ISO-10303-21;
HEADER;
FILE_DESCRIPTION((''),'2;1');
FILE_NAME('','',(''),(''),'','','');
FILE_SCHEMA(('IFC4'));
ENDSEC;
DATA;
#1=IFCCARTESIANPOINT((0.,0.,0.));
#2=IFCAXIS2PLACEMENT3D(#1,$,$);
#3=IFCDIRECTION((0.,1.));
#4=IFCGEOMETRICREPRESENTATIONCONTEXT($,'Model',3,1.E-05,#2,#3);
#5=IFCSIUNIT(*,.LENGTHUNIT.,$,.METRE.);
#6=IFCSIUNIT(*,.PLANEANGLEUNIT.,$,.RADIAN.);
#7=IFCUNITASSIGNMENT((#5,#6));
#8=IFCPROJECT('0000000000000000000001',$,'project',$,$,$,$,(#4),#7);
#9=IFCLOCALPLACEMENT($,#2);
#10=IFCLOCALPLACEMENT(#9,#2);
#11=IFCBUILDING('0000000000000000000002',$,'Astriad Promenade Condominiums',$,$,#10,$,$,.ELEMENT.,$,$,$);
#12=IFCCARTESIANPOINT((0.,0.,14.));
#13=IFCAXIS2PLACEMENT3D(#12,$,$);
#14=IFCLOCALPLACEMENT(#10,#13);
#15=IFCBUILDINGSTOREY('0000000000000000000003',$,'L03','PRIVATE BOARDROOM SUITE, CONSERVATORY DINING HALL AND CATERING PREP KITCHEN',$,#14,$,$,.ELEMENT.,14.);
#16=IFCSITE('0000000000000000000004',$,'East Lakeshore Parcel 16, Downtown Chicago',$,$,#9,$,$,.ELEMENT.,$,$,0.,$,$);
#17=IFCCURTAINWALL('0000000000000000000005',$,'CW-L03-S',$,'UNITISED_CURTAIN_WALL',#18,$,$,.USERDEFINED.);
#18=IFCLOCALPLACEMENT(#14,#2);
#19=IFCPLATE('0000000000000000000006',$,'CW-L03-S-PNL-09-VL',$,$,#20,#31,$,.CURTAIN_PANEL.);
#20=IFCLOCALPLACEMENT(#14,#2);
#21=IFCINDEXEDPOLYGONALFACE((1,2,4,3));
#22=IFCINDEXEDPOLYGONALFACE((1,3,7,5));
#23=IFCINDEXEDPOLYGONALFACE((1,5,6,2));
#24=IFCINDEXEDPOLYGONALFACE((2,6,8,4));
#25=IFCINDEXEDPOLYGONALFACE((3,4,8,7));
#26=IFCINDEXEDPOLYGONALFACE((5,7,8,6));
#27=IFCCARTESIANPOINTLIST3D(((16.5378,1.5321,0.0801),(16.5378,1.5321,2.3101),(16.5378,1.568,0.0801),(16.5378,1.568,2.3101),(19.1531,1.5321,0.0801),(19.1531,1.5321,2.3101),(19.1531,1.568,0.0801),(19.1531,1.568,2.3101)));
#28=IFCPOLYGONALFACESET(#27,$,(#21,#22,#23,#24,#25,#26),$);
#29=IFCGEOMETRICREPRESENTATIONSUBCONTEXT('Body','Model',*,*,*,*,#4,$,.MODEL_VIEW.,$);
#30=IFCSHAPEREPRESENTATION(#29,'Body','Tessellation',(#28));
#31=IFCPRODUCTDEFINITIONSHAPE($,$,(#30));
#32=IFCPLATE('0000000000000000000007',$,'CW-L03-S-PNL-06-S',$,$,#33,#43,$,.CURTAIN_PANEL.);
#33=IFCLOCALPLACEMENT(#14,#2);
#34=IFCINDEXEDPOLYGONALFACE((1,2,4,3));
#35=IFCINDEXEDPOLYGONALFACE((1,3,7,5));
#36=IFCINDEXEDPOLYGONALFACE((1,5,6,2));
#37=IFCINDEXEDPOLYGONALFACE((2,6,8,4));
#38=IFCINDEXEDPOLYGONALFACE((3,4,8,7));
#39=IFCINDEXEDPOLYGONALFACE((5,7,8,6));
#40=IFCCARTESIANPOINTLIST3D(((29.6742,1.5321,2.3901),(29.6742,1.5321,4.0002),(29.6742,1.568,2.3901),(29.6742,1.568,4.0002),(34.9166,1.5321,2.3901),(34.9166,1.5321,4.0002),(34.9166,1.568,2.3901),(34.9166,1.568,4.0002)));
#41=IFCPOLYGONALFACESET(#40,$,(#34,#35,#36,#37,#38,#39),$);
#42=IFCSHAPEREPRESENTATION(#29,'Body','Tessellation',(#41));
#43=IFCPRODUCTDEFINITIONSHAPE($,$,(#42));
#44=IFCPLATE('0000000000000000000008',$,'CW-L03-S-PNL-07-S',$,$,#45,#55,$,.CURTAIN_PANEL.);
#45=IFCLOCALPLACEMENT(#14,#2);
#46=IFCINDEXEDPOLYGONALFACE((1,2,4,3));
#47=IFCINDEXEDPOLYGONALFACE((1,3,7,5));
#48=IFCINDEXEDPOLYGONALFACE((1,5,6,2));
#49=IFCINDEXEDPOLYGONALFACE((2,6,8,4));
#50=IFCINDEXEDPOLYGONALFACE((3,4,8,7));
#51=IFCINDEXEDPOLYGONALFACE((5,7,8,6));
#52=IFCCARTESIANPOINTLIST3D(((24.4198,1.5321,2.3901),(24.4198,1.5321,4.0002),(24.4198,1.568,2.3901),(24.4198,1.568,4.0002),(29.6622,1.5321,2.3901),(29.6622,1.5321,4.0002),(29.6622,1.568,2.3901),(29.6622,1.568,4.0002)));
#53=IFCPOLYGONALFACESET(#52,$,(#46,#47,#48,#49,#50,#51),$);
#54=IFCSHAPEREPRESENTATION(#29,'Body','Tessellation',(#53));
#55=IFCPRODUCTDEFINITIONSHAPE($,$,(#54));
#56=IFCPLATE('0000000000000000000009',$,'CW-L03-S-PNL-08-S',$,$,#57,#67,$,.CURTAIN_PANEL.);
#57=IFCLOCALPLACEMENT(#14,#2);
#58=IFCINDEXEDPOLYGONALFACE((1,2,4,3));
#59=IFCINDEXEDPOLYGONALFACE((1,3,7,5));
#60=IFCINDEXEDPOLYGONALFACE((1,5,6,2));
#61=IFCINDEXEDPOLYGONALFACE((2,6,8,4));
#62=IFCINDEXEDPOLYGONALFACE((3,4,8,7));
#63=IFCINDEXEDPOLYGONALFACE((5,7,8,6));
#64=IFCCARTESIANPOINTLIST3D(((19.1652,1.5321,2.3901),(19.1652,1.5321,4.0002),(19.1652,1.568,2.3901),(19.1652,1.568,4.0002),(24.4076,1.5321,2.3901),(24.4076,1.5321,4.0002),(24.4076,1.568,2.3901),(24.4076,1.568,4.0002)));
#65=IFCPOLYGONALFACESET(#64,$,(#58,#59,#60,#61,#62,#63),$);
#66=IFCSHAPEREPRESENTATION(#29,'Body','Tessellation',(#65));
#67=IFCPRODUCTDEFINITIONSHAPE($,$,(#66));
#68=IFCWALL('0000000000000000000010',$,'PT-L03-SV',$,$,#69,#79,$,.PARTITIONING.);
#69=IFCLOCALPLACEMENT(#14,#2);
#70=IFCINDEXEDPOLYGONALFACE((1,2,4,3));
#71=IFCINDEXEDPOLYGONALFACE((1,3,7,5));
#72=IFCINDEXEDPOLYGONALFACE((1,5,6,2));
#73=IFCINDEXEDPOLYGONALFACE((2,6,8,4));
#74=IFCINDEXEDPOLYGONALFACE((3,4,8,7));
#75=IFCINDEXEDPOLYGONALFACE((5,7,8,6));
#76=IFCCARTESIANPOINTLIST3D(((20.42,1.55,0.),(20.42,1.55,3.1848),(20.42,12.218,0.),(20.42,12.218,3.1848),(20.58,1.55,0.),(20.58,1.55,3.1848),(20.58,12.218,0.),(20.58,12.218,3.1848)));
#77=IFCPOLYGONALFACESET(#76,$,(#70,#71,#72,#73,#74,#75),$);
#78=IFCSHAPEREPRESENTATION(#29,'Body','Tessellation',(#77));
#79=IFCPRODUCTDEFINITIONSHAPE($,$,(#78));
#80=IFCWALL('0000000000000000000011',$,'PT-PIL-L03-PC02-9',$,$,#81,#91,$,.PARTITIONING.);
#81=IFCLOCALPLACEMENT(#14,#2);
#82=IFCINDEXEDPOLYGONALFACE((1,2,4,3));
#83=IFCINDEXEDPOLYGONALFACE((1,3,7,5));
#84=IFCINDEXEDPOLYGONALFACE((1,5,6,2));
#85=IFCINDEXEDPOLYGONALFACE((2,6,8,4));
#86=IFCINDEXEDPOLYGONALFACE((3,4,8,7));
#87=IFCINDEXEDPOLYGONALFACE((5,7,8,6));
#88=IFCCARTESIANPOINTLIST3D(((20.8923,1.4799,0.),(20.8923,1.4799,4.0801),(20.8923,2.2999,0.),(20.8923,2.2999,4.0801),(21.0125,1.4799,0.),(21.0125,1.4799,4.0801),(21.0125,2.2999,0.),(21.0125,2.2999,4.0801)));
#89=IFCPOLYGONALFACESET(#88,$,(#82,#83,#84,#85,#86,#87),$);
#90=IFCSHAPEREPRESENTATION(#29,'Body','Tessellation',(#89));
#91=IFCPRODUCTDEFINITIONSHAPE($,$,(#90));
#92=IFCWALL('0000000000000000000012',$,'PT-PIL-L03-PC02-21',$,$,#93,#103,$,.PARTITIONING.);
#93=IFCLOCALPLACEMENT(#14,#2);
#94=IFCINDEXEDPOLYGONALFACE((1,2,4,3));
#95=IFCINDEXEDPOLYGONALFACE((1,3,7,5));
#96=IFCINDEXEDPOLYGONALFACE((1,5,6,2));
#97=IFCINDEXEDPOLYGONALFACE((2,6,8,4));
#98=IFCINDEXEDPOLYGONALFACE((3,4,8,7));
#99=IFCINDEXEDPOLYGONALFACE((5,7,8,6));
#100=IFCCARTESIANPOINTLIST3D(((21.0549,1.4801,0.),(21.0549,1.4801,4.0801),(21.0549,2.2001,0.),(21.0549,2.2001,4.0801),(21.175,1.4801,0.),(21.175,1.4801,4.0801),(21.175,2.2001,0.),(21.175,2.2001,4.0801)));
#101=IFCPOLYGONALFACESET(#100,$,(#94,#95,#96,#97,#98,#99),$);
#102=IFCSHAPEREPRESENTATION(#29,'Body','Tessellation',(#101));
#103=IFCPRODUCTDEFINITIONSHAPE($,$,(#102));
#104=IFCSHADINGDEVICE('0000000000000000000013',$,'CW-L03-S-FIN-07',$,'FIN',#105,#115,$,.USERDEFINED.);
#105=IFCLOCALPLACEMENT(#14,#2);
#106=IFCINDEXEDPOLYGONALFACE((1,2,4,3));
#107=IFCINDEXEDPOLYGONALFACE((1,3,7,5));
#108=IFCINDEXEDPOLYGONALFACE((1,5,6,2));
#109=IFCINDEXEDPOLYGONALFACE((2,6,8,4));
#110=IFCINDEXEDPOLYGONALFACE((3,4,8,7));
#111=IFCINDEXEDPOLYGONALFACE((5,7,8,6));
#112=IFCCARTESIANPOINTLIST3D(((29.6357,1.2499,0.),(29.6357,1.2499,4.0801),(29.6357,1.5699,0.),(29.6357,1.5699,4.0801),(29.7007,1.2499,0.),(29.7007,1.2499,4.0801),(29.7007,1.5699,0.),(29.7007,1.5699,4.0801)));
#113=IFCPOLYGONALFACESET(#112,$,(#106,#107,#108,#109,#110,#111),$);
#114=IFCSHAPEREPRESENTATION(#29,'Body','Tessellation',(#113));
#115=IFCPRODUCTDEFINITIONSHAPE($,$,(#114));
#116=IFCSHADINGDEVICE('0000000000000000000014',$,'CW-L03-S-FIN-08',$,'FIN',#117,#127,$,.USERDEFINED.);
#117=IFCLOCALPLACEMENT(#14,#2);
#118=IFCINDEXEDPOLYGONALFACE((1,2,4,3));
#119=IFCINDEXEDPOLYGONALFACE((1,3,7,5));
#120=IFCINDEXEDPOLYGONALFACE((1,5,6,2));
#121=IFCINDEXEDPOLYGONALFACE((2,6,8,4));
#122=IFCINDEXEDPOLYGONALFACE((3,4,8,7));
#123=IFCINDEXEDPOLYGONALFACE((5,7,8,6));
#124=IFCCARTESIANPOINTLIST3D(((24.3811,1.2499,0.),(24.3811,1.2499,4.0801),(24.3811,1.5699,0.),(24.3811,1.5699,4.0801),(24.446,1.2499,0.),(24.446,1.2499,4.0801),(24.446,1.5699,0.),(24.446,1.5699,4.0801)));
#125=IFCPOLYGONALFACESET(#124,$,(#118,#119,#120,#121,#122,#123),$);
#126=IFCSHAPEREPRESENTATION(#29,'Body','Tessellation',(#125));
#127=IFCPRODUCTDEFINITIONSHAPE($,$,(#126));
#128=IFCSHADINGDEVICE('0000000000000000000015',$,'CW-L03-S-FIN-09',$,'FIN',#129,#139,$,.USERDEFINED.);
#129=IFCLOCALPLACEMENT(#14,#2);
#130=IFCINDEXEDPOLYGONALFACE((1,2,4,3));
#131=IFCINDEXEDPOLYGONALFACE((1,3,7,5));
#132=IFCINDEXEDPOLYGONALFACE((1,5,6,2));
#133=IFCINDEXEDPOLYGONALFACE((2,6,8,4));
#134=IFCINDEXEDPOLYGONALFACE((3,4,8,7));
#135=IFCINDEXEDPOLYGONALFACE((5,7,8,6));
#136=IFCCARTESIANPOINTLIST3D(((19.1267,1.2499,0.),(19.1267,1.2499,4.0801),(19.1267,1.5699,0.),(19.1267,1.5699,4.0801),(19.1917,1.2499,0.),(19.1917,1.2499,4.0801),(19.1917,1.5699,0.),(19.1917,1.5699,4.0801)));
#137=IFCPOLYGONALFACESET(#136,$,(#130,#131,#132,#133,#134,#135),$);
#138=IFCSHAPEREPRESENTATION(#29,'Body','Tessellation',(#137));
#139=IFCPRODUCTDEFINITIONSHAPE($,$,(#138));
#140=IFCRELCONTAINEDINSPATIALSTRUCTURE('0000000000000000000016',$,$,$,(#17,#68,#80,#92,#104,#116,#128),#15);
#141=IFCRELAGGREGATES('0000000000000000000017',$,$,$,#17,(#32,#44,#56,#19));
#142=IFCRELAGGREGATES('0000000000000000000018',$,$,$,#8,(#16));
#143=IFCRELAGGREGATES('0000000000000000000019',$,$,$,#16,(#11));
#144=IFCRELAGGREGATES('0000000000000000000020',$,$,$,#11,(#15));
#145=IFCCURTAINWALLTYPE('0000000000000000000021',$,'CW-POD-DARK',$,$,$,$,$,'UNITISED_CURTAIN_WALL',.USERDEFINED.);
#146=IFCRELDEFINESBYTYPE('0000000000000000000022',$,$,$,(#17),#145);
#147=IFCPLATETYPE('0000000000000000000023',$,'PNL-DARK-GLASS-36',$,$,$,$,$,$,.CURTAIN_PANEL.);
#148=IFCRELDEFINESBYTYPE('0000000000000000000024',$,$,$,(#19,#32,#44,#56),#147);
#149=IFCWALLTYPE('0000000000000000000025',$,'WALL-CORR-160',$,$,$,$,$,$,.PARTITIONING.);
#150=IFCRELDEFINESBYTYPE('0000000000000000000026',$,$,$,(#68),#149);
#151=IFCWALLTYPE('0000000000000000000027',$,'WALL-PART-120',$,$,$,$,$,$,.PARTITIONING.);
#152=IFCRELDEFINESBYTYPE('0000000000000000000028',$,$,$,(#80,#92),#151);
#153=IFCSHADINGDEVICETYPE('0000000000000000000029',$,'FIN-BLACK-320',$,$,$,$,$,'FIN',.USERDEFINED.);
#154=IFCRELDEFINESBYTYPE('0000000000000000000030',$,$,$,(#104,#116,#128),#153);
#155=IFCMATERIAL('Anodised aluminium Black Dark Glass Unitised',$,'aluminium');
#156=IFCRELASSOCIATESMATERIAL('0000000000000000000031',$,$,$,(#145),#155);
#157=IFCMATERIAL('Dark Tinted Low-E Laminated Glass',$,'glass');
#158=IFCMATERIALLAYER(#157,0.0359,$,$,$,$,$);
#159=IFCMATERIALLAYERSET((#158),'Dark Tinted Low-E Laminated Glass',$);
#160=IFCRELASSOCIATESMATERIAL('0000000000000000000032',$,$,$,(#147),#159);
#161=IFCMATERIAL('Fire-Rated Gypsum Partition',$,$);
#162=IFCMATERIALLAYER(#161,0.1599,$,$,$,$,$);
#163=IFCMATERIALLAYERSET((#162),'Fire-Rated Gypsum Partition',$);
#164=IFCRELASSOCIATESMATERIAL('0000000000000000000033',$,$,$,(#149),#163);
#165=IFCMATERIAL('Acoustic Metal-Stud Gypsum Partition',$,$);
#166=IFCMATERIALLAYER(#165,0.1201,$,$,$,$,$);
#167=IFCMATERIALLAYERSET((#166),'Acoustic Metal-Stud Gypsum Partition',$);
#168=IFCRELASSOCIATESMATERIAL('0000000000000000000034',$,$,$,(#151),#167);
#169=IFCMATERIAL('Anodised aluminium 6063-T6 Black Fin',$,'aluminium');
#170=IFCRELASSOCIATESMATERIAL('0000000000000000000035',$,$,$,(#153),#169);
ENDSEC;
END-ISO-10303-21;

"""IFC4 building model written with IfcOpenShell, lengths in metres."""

from ifc_helpers import new_model, si_unit, direction, frame, frame_2d, origin, origin_2d, place, context, subcontext, project, spatial, rectangle, extrude, source, transform, mapped, material, layer, layer_set, type_object, type_shapes, element, aggregate, save


model = new_model("IFC4")

# Units and contexts
model_context = context("Model", 3, precision=1e-05, world=origin(), true_north=direction((0.0, 1.0)))
body_context = subcontext(model_context, "Body", "Model", "MODEL_VIEW")
ifc_project = project(units=[si_unit("LENGTHUNIT", "METRE"), si_unit("PLANEANGLEUNIT", "RADIAN")], contexts=[model_context])

# Site, building, storey
site_placement = place(None, origin())
site = spatial("IfcSite", under=ifc_project, at=site_placement, Name="East Lakeshore Parcel 16, Downtown Chicago", CompositionType="ELEMENT", RefElevation=0.0)
building_placement = place(site_placement, origin())
building = spatial("IfcBuilding", under=site, at=building_placement, Name="Astriad Promenade Condominiums", CompositionType="ELEMENT")
storey_placement = place(building_placement, frame((0.0, 0.0, 14.0)))
storey = spatial("IfcBuildingStorey", under=building, at=storey_placement, Name="L03", Description="PRIVATE BOARDROOM SUITE, CONSERVATORY DINING HALL AND CATERING PREP KITCHEN", CompositionType="ELEMENT", Elevation=14.0)

# Curtain wall
ifc_material_1 = material(Name="Anodised aluminium Black Dark Glass Unitised", Category="aluminium")
curtain_wall_type = type_object("IfcCurtainWallType", Name="CW-POD-DARK", ElementType="UNITISED_CURTAIN_WALL", PredefinedType="USERDEFINED", material=ifc_material_1)
curtain_wall_placement = place(storey_placement, origin())
curtain_wall = element("IfcCurtainWall", 1, at=curtain_wall_placement, inside=storey, type_object=curtain_wall_type, Name="CW-L03-S", ObjectType="UNITISED_CURTAIN_WALL", PredefinedType="USERDEFINED")

# Plates
ifc_material_2 = material(Name="Dark Tinted Low-E Laminated Glass", Category="glass")
ifc_layer_1 = layer(ifc_material_2, 0.0359)
ifc_layer_set_1 = layer_set([ifc_layer_1], Name="Dark Tinted Low-E Laminated Glass")
plate_type_1 = type_object("IfcPlateType", Name="PNL-DARK-GLASS-36", PredefinedType="CURTAIN_PANEL", material=ifc_layer_set_1)
shared_shape_1 = source(origin(), body_context, "Body", "SweptSolid", [
    extrude(rectangle(XDim=2.6152, YDim=0.0359, at=origin_2d()), origin(), (0.0, 0.0, 1.0), 2.23),
])
plate_1_placement = place(storey_placement, frame((17.8455, 1.55, 0.0801), z_axis=(0.0, 0.0, 1.0), x_axis=(-1.0, 0.0, 0.0)))
plate_1 = element("IfcPlate", 2, at=plate_1_placement, type_object=plate_type_1, Name="CW-L03-S-PNL-09-VL", PredefinedType="CURTAIN_PANEL", context=body_context, shape_type="MappedRepresentation", body=[
    mapped(shared_shape_1, transform((0.0, 0.0, 0.0), scale=1.0)),
])
shared_shape_2 = source(origin(), body_context, "Body", "SweptSolid", [
    extrude(rectangle(XDim=5.2424, YDim=0.0359, at=origin_2d()), origin(), (0.0, 0.0, 1.0), 1.6101),
])
type_shapes(plate_type_1, [shared_shape_1, shared_shape_2])
plate_2_placement = place(storey_placement, frame((32.2954, 1.55, 2.3901), z_axis=(0.0, 0.0, 1.0), x_axis=(-1.0, 0.0, 0.0)))
plate_2 = element("IfcPlate", 3, at=plate_2_placement, type_object=plate_type_1, Name="CW-L03-S-PNL-06-S", PredefinedType="CURTAIN_PANEL", context=body_context, shape_type="MappedRepresentation", body=[
    mapped(shared_shape_2, transform((0.0, 0.0, 0.0), scale=1.0)),
])
plate_3_placement = place(storey_placement, frame((27.041, 1.55, 2.3901), z_axis=(0.0, 0.0, 1.0), x_axis=(-1.0, 0.0, 0.0)))
plate_3 = element("IfcPlate", 4, at=plate_3_placement, type_object=plate_type_1, Name="CW-L03-S-PNL-07-S", PredefinedType="CURTAIN_PANEL", context=body_context, shape_type="MappedRepresentation", body=[
    mapped(shared_shape_2, transform((0.0, 0.0, 0.0), scale=1.0)),
])
plate_4_placement = place(storey_placement, frame((21.7864, 1.55, 2.3901), z_axis=(0.0, 0.0, 1.0), x_axis=(-1.0, 0.0, 0.0)))
plate_4 = element("IfcPlate", 5, at=plate_4_placement, type_object=plate_type_1, Name="CW-L03-S-PNL-08-S", PredefinedType="CURTAIN_PANEL", context=body_context, shape_type="MappedRepresentation", body=[
    mapped(shared_shape_2, transform((0.0, 0.0, 0.0), scale=1.0)),
])
aggregate(curtain_wall, [plate_2, plate_3, plate_4, plate_1])

# Walls
ifc_material_3 = material(Name="Fire-Rated Gypsum Partition")
ifc_layer_2 = layer(ifc_material_3, 0.1599)
ifc_layer_set_2 = layer_set([ifc_layer_2], Name="Fire-Rated Gypsum Partition")
wall_type_1 = type_object("IfcWallType", Name="WALL-CORR-160", PredefinedType="PARTITIONING", material=ifc_layer_set_2)
wall_1_placement = place(storey_placement, frame((20.5, 1.55, 0.0), z_axis=(0.0, 0.0, 1.0), x_axis=(0.0, 1.0, 0.0)))
element("IfcWall", 6, at=wall_1_placement, inside=storey, type_object=wall_type_1, Name="PT-L03-SV", PredefinedType="PARTITIONING", context=body_context, shape_type="SweptSolid", body=[
    extrude(rectangle(XDim=10.668, YDim=0.1599, at=frame_2d((5.334, 0.0))), origin(), (0.0, 0.0, 1.0), 3.1848),
])
ifc_material_4 = material(Name="Acoustic Metal-Stud Gypsum Partition")
ifc_layer_3 = layer(ifc_material_4, 0.1201)
ifc_layer_set_3 = layer_set([ifc_layer_3], Name="Acoustic Metal-Stud Gypsum Partition")
wall_type_2 = type_object("IfcWallType", Name="WALL-PART-120", PredefinedType="PARTITIONING", material=ifc_layer_set_3)
wall_2_placement = place(storey_placement, frame((20.9524, 2.3, 0.0), z_axis=(0.0, 0.0, 1.0), x_axis=(0.0, -1.0, 0.0)))
element("IfcWall", 7, at=wall_2_placement, inside=storey, type_object=wall_type_2, Name="PT-PIL-L03-PC02-9", PredefinedType="PARTITIONING", context=body_context, shape_type="SweptSolid", body=[
    extrude(rectangle(XDim=0.8201, YDim=0.1201, at=frame_2d((0.4102, 0.0))), origin(), (0.0, 0.0, 1.0), 4.0801),
])
wall_3_placement = place(storey_placement, frame((21.115, 2.2, 0.0), z_axis=(0.0, 0.0, 1.0), x_axis=(0.0, -1.0, 0.0)))
element("IfcWall", 8, at=wall_3_placement, inside=storey, type_object=wall_type_2, Name="PT-PIL-L03-PC02-21", PredefinedType="PARTITIONING", context=body_context, shape_type="SweptSolid", body=[
    extrude(rectangle(XDim=0.72, YDim=0.1201, at=frame_2d((0.3599, 0.0))), origin(), (0.0, 0.0, 1.0), 4.0801),
])

# Shading devices
ifc_material_5 = material(Name="Anodised aluminium 6063-T6 Black Fin", Category="aluminium")
shading_device_type = type_object("IfcShadingDeviceType", Name="FIN-BLACK-320", ElementType="FIN", PredefinedType="USERDEFINED", material=ifc_material_5)
shared_shape_3 = source(origin(), body_context, "Body", "SweptSolid", [
    extrude(rectangle(XDim=0.0649, YDim=0.3201, at=origin_2d()), origin(), (0.0, 0.0, 1.0), 4.0801),
])
type_shapes(shading_device_type, [shared_shape_3])
for number, where, z_axis, x_axis, name in (
    (9, (29.6682, 1.4099, 0.0), (0.0, 0.0, 1.0), (-1.0, 0.0, 0.0), "CW-L03-S-FIN-07"),
    (10, (24.4136, 1.4099, 0.0), (0.0, 0.0, 1.0), (-1.0, 0.0, 0.0), "CW-L03-S-FIN-08"),
    (11, (19.1592, 1.4099, 0.0), (0.0, 0.0, 1.0), (-1.0, 0.0, 0.0), "CW-L03-S-FIN-09"),
):
    element("IfcShadingDevice", number, at=place(storey_placement, frame(where, z_axis=z_axis, x_axis=x_axis)), inside=storey, type_object=shading_device_type, Name=name, ObjectType="FIN", PredefinedType="USERDEFINED", context=body_context, shape_type="MappedRepresentation", body=[
        mapped(shared_shape_3, transform((0.0, 0.0, 0.0), scale=1.0)),
    ])

save(model, "model.ifc")
